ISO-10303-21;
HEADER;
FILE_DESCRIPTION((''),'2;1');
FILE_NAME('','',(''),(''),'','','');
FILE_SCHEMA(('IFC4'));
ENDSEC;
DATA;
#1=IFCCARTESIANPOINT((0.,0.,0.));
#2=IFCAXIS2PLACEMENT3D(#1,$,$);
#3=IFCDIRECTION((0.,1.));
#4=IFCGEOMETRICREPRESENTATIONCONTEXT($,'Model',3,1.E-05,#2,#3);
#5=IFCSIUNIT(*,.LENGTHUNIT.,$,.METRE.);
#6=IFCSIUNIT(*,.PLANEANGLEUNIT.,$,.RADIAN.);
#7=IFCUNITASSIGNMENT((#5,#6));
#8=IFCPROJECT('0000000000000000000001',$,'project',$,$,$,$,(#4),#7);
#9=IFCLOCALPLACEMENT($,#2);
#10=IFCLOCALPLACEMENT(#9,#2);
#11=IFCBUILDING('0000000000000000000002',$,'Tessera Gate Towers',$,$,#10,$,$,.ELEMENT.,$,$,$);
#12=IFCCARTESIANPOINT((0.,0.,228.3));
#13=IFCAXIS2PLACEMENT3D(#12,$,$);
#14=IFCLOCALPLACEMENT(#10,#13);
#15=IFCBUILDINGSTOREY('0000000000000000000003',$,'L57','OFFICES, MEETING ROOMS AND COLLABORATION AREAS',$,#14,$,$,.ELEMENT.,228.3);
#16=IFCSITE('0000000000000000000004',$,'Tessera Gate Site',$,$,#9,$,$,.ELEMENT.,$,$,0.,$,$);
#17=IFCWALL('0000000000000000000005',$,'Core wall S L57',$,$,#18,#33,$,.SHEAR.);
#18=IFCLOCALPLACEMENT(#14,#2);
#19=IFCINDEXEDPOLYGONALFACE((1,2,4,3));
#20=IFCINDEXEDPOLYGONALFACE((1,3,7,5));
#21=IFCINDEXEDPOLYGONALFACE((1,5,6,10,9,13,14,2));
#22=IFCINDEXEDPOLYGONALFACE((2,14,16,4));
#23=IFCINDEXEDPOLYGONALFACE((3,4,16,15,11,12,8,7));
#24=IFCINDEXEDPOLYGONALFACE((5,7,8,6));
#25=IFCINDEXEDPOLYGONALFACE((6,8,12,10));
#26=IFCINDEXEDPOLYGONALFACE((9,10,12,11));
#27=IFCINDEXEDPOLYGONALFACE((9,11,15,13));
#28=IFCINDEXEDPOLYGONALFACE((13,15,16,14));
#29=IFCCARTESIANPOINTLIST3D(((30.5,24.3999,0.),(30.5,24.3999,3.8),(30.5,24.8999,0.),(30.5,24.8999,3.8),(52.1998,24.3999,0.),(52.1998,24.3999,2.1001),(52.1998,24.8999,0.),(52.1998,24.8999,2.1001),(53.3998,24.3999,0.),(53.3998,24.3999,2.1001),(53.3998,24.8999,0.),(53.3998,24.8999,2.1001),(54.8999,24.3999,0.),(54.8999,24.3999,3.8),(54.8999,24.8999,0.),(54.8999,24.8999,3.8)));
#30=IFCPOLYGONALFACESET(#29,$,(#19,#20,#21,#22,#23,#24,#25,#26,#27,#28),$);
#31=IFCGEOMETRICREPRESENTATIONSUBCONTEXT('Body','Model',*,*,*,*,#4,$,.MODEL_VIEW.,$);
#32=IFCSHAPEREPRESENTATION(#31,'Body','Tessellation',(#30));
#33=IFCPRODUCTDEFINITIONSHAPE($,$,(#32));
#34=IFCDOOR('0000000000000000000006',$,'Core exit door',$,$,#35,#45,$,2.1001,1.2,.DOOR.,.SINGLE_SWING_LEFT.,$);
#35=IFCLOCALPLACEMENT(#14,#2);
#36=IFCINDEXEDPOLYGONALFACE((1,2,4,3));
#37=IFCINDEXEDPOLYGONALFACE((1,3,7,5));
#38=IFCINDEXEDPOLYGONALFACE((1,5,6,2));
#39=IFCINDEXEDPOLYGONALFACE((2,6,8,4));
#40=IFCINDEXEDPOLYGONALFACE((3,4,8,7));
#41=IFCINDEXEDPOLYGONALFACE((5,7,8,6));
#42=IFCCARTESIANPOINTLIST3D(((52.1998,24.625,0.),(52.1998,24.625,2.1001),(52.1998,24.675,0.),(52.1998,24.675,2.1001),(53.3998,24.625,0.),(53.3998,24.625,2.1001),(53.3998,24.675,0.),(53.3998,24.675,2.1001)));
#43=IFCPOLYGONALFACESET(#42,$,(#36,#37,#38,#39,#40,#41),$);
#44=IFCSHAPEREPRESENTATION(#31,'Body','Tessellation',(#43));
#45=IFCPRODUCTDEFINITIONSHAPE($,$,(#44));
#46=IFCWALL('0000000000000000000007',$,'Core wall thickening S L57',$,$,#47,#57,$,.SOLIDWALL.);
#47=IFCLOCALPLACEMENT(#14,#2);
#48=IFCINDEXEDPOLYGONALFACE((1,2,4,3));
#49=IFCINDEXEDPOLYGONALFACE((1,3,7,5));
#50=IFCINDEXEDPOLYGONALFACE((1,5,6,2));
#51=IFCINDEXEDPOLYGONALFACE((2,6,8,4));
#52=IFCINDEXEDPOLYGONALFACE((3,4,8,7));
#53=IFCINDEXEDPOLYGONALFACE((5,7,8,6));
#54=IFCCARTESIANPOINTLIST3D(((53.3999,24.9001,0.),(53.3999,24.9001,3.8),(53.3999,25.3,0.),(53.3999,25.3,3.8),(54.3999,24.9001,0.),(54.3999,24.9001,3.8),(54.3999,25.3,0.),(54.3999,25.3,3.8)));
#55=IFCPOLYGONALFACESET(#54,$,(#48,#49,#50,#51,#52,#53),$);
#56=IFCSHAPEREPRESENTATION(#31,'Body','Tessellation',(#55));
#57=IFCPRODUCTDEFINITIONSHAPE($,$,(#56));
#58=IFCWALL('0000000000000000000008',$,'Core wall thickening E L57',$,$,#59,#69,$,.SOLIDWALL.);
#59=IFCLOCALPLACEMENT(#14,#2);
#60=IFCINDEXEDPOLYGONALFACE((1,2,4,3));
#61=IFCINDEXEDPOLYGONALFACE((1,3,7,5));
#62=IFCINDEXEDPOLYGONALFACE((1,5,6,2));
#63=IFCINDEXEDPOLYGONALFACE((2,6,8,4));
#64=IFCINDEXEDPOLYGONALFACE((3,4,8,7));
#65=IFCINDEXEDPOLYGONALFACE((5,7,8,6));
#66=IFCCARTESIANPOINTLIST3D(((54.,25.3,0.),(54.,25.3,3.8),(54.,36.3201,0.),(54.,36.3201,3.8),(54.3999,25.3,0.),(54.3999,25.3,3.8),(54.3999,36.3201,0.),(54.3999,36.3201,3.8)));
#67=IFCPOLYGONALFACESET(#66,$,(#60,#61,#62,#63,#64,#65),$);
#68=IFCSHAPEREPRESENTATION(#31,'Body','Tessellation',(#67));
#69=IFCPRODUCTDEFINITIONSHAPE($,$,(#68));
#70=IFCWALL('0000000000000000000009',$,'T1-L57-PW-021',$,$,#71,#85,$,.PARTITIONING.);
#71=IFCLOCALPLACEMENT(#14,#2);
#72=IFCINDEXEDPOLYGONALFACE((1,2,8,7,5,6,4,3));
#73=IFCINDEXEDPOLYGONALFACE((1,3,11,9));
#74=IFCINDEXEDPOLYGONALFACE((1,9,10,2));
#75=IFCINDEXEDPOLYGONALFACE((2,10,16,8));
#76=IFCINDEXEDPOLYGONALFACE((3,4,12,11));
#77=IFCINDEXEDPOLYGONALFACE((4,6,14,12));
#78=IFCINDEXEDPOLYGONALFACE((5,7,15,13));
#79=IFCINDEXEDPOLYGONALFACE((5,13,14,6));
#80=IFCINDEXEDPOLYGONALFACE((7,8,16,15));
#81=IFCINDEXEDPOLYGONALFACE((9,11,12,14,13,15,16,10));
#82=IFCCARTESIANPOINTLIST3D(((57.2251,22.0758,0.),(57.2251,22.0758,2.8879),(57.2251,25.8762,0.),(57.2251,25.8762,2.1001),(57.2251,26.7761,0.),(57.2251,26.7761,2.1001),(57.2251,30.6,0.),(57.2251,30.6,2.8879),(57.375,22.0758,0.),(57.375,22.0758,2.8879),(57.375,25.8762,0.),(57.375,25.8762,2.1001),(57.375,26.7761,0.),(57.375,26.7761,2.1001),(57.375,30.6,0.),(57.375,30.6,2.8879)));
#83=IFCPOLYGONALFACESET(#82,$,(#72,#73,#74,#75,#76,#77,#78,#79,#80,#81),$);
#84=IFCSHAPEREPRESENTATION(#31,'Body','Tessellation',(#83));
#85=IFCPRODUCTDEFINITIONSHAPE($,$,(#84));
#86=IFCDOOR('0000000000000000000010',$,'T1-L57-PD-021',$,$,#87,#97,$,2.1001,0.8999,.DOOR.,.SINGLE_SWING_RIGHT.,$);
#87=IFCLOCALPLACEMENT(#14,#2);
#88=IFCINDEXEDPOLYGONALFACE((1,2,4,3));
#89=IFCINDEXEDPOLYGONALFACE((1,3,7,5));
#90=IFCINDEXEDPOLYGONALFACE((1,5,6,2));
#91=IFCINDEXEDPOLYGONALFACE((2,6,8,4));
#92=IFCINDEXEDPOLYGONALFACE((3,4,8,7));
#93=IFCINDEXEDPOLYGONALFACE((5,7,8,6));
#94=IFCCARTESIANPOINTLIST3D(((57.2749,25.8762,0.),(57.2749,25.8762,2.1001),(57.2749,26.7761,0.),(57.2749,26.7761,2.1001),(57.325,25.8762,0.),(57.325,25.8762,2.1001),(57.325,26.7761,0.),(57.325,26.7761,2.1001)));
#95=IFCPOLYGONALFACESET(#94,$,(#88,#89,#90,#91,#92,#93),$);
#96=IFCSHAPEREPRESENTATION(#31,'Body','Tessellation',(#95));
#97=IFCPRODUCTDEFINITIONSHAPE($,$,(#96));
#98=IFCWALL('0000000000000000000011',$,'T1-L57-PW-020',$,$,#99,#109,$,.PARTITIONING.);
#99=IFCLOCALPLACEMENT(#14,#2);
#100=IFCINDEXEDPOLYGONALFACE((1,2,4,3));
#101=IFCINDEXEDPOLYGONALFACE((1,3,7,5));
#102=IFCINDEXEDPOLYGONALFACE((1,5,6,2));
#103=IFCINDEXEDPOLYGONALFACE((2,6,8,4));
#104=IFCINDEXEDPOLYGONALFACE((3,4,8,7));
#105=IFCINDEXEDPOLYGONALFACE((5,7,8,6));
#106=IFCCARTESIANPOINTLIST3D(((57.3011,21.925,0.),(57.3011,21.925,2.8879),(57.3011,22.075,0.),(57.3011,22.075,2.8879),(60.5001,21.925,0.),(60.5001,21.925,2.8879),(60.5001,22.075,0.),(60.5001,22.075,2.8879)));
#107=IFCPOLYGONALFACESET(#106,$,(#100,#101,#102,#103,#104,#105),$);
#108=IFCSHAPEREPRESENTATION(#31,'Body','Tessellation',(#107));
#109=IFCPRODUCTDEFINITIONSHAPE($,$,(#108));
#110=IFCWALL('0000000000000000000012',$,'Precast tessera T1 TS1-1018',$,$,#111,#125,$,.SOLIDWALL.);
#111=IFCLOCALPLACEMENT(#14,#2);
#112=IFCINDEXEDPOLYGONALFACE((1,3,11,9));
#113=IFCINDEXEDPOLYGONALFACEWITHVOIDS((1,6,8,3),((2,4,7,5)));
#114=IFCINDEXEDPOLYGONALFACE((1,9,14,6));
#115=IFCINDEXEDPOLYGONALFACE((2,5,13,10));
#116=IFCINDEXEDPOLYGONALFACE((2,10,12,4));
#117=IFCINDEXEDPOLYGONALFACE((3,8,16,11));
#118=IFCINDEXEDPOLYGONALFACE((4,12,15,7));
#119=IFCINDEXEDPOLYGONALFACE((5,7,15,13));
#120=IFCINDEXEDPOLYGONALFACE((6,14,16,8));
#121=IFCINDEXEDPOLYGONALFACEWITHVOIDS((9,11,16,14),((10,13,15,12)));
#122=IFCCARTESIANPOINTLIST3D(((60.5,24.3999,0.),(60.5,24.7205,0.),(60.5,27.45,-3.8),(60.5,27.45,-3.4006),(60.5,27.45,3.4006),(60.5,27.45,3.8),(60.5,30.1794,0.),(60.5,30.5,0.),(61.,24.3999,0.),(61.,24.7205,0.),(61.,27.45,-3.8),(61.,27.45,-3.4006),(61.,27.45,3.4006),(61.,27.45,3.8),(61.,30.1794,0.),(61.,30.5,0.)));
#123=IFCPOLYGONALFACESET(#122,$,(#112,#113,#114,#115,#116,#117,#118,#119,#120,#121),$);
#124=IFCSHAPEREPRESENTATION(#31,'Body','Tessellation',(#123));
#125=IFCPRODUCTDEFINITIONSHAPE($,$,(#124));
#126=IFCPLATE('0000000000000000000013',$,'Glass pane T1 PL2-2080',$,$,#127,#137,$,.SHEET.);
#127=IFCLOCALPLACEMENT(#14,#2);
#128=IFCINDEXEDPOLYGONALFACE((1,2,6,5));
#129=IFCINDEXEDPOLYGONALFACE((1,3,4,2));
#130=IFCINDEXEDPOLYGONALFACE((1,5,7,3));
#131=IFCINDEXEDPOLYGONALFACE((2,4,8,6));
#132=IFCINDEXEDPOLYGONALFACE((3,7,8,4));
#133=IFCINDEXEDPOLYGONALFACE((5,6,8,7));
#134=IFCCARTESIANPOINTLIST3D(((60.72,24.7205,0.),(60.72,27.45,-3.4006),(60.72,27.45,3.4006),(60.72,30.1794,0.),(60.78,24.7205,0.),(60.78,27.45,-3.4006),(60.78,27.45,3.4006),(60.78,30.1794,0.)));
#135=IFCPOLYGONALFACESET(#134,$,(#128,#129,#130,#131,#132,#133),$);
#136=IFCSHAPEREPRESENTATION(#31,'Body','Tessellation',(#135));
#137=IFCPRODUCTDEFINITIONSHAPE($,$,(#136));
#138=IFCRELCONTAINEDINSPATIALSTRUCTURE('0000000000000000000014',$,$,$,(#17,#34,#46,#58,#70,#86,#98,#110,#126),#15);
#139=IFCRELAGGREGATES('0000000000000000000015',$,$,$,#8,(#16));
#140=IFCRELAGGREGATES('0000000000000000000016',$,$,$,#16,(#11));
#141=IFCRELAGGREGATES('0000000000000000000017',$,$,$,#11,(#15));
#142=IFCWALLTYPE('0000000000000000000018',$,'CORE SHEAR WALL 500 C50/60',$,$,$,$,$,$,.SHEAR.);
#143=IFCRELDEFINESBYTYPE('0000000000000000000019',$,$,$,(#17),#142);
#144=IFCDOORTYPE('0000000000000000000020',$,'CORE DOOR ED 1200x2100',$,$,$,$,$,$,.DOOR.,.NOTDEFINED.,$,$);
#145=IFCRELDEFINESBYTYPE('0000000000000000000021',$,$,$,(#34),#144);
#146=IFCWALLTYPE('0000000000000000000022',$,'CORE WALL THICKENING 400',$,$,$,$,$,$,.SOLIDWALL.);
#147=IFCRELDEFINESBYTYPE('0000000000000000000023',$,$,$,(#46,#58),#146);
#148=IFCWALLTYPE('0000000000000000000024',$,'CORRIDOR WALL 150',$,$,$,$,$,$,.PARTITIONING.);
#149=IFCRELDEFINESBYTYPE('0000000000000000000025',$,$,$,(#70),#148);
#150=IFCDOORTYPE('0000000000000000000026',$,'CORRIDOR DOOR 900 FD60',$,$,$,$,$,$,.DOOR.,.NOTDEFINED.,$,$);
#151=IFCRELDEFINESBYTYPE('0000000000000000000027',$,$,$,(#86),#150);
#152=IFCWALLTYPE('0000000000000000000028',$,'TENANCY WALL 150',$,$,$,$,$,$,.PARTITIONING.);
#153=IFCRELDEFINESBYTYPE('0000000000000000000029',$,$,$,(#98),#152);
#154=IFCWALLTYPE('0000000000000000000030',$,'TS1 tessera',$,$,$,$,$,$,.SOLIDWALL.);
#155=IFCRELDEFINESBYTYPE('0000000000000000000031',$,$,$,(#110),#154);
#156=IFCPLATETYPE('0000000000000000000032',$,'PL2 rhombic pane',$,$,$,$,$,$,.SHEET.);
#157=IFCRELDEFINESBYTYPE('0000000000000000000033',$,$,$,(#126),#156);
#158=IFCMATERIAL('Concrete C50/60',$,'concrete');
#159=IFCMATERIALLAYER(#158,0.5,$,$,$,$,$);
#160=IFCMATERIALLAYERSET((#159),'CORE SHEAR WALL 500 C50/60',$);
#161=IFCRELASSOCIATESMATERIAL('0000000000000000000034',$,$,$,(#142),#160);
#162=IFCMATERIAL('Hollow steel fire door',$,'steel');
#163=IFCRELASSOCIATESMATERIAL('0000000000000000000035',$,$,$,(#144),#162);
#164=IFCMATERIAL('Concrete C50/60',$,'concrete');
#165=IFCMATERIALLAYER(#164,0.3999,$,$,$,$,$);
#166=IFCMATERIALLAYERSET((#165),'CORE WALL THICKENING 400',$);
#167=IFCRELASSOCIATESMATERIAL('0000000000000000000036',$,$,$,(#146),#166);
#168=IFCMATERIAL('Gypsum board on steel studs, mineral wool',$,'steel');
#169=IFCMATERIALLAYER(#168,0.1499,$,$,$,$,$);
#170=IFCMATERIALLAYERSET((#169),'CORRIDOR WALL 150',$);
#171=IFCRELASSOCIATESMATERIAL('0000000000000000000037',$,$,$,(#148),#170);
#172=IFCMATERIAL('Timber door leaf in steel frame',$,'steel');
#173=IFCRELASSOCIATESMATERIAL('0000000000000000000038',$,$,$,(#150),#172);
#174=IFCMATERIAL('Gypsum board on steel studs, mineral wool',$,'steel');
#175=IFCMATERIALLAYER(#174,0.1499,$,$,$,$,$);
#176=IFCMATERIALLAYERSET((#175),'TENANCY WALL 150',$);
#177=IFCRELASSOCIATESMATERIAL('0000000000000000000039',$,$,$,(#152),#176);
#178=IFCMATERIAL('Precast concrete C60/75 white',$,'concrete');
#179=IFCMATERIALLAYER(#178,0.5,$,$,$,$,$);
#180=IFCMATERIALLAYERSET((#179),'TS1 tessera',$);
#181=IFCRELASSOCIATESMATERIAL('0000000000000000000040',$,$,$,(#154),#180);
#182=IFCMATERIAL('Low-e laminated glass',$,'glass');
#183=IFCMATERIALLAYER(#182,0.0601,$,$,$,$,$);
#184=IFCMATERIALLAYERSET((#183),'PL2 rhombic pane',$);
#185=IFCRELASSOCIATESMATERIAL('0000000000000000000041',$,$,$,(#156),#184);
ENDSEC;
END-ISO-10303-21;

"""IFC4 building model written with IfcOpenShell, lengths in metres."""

from ifc_helpers import new_model, si_unit, direction, frame, frame_2d, origin, place, context, subcontext, project, spatial, polyline, rectangle, outline, extrude, source, transform, mapped, material, layer, layer_set, type_object, element, fill, save


model = new_model("IFC4")

# Units and contexts
model_context = context("Model", 3, precision=1e-05, world=origin(), true_north=direction((0.0, 1.0)))
body_context = subcontext(model_context, "Body", "Model", "MODEL_VIEW")
ifc_project = project(units=[si_unit("LENGTHUNIT", "METRE"), si_unit("PLANEANGLEUNIT", "RADIAN")], contexts=[model_context])

# Site, building, storey
site_placement = place(None, origin())
site = spatial("IfcSite", under=ifc_project, at=site_placement, Name="Tessera Gate Site", CompositionType="ELEMENT", RefElevation=0.0)
building_placement = place(site_placement, origin())
building = spatial("IfcBuilding", under=site, at=building_placement, Name="Tessera Gate Towers", CompositionType="ELEMENT")
storey_placement = place(building_placement, frame((0.0, 0.0, 228.3)))
storey = spatial("IfcBuildingStorey", under=building, at=storey_placement, Name="L57", Description="OFFICES, MEETING ROOMS AND COLLABORATION AREAS", CompositionType="ELEMENT", Elevation=228.3)

# Shared definitions
shared_shape_1 = source(origin(), body_context, "Body", "SweptSolid", [
    extrude(rectangle(XDim=1.2, YDim=2.1001, at=frame_2d((0.6001, 1.05))), frame((0.0, 0.0249, 0.0), z_axis=(0.0, -1.0, 0.0), x_axis=(1.0, 0.0, 0.0)), (0.0, 0.0, 1.0), 0.05),
])

# Wall, opening, door
ifc_material_1 = material(Name="Concrete C50/60", Category="concrete")
ifc_layer_1 = layer(ifc_material_1, 0.5)
ifc_layer_set_1 = layer_set([ifc_layer_1], Name="CORE SHEAR WALL 500 C50/60")
wall_type_1 = type_object("IfcWallType", Name="CORE SHEAR WALL 500 C50/60", PredefinedType="SHEAR", material=ifc_layer_set_1)
wall_1_placement = place(storey_placement, frame((54.8999, 24.6499, 0.0), z_axis=(0.0, 0.0, 1.0), x_axis=(-1.0, 0.0, 0.0)))
wall_1 = element("IfcWall", 1, at=wall_1_placement, inside=storey, type_object=wall_type_1, Name="Core wall S L57", PredefinedType="SHEAR", context=body_context, shape_type="SweptSolid", body=[
    extrude(rectangle(XDim=24.3999, YDim=0.5, at=frame_2d((12.2, 0.0))), origin(), (0.0, 0.0, 1.0), 3.8),
])
shared_shape_2 = source(origin(), body_context, "Body", "SweptSolid", [
    extrude(rectangle(XDim=1.2, YDim=2.1001, at=frame_2d((0.6001, 1.05))), frame((0.0, 0.26, 0.0), z_axis=(0.0, -1.0, 0.0), x_axis=(1.0, 0.0, 0.0)), (0.0, 0.0, 1.0), 0.52),
])
opening_1_placement = place(wall_1_placement, frame((1.5, 0.0, 0.0)))
opening_1 = element("IfcOpeningElement", 2, at=opening_1_placement, cuts=wall_1, PredefinedType="OPENING", context=body_context, shape_type="MappedRepresentation", body=[
    mapped(shared_shape_2, transform((0.0, 0.0, 0.0), scale=1.0)),
])
ifc_material_2 = material(Name="Hollow steel fire door", Category="steel")
door_type_1 = type_object("IfcDoorType", Name="CORE DOOR ED 1200x2100", OperationType="NOTDEFINED", PredefinedType="DOOR", material=ifc_material_2)
door_1_placement = place(opening_1_placement, origin())
door_1 = element("IfcDoor", 3, at=door_1_placement, inside=storey, type_object=door_type_1, Name="Core exit door", OperationType="SINGLE_SWING_LEFT", OverallHeight=2.1001, OverallWidth=1.2, PredefinedType="DOOR", context=body_context, shape_type="MappedRepresentation", body=[
    mapped(shared_shape_1, transform((0.0, 0.0, 0.0), scale=1.0)),
])
fill(opening_1, door_1)

# Walls
ifc_material_3 = material(Name="Concrete C50/60", Category="concrete")
ifc_layer_2 = layer(ifc_material_3, 0.3999)
ifc_layer_set_2 = layer_set([ifc_layer_2], Name="CORE WALL THICKENING 400")
wall_type_2 = type_object("IfcWallType", Name="CORE WALL THICKENING 400", PredefinedType="SOLIDWALL", material=ifc_layer_set_2)
wall_2_placement = place(storey_placement, frame((53.3999, 25.1001, 0.0), z_axis=(0.0, 0.0, 1.0), x_axis=(1.0, 0.0, 0.0)))
element("IfcWall", 4, at=wall_2_placement, inside=storey, type_object=wall_type_2, Name="Core wall thickening S L57", PredefinedType="SOLIDWALL", context=body_context, shape_type="SweptSolid", body=[
    extrude(rectangle(XDim=1.0, YDim=0.3999, at=frame_2d((0.5, 0.0))), origin(), (0.0, 0.0, 1.0), 3.8),
])
wall_3_placement = place(storey_placement, frame((54.2, 25.3, 0.0), z_axis=(0.0, 0.0, 1.0), x_axis=(0.0, 1.0, 0.0)))
element("IfcWall", 5, at=wall_3_placement, inside=storey, type_object=wall_type_2, Name="Core wall thickening E L57", PredefinedType="SOLIDWALL", context=body_context, shape_type="SweptSolid", body=[
    extrude(rectangle(XDim=11.02, YDim=0.3999, at=frame_2d((5.51, 0.0))), origin(), (0.0, 0.0, 1.0), 3.8),
])

# Wall, opening, door
ifc_material_4 = material(Name="Gypsum board on steel studs, mineral wool", Category="steel")
ifc_layer_3 = layer(ifc_material_4, 0.1499)
ifc_layer_set_3 = layer_set([ifc_layer_3], Name="CORRIDOR WALL 150")
wall_type_3 = type_object("IfcWallType", Name="CORRIDOR WALL 150", PredefinedType="PARTITIONING", material=ifc_layer_set_3)
wall_4_placement = place(storey_placement, frame((57.3, 30.6001, 0.0), z_axis=(0.0, 0.0, 1.0), x_axis=(0.0, -1.0, 0.0)))
wall_4 = element("IfcWall", 6, at=wall_4_placement, inside=storey, type_object=wall_type_3, Name="T1-L57-PW-021", PredefinedType="PARTITIONING", context=body_context, shape_type="SweptSolid", body=[
    extrude(rectangle(XDim=8.5242, YDim=0.1499, at=frame_2d((4.2622, 0.0))), origin(), (0.0, 0.0, 1.0), 2.8879),
])
shared_shape_3 = source(origin(), body_context, "Body", "SweptSolid", [
    extrude(rectangle(XDim=0.8999, YDim=2.1001, at=frame_2d((0.45, 1.05))), frame((0.0, 0.085, 0.0), z_axis=(0.0, -1.0, 0.0), x_axis=(1.0, 0.0, 0.0)), (0.0, 0.0, 1.0), 0.1699),
])
opening_2_placement = place(wall_4_placement, frame((3.824, 0.0, 0.0)))
opening_2 = element("IfcOpeningElement", 7, at=opening_2_placement, cuts=wall_4, PredefinedType="OPENING", context=body_context, shape_type="MappedRepresentation", body=[
    mapped(shared_shape_3, transform((0.0, 0.0, 0.0), scale=1.0)),
])
ifc_material_5 = material(Name="Timber door leaf in steel frame", Category="steel")
door_type_2 = type_object("IfcDoorType", Name="CORRIDOR DOOR 900 FD60", OperationType="NOTDEFINED", PredefinedType="DOOR", material=ifc_material_5)
shared_shape_4 = source(origin(), body_context, "Body", "SweptSolid", [
    extrude(rectangle(XDim=0.8999, YDim=2.1001, at=frame_2d((0.45, 1.05))), frame((0.0, 0.0249, 0.0), z_axis=(0.0, -1.0, 0.0), x_axis=(1.0, 0.0, 0.0)), (0.0, 0.0, 1.0), 0.05),
])
door_2_placement = place(opening_2_placement, origin())
door_2 = element("IfcDoor", 8, at=door_2_placement, inside=storey, type_object=door_type_2, Name="T1-L57-PD-021", OperationType="SINGLE_SWING_RIGHT", OverallHeight=2.1001, OverallWidth=0.8999, PredefinedType="DOOR", context=body_context, shape_type="MappedRepresentation", body=[
    mapped(shared_shape_4, transform((0.0, 0.0, 0.0), scale=1.0)),
])
fill(opening_2, door_2)

# Wall
ifc_material_6 = material(Name="Gypsum board on steel studs, mineral wool", Category="steel")
ifc_layer_4 = layer(ifc_material_6, 0.1499)
ifc_layer_set_4 = layer_set([ifc_layer_4], Name="TENANCY WALL 150")
wall_type_4 = type_object("IfcWallType", Name="TENANCY WALL 150", PredefinedType="PARTITIONING", material=ifc_layer_set_4)
wall_5_placement = place(storey_placement, frame((57.301, 22.0, 0.0), z_axis=(0.0, 0.0, 1.0), x_axis=(1.0, 0.0, 0.0)))
element("IfcWall", 9, at=wall_5_placement, inside=storey, type_object=wall_type_4, Name="T1-L57-PW-020", PredefinedType="PARTITIONING", context=body_context, shape_type="SweptSolid", body=[
    extrude(rectangle(XDim=3.199, YDim=0.1499, at=frame_2d((1.5996, 0.0))), origin(), (0.0, 0.0, 1.0), 2.8879),
])

# Wall, opening, plate
ifc_material_7 = material(Name="Precast concrete C60/75 white", Category="concrete")
ifc_layer_5 = layer(ifc_material_7, 0.5)
ifc_layer_set_5 = layer_set([ifc_layer_5], Name="TS1 tessera")
wall_type_5 = type_object("IfcWallType", Name="TS1 tessera", PredefinedType="SOLIDWALL", material=ifc_layer_set_5)
shared_shape_5 = source(origin(), body_context, "Body", "SweptSolid", [
    extrude(outline(polyline([(3.05, 0.0), (6.1001, 3.8), (3.05, 7.6001), (0.0, 3.8), (3.05, 0.0)])), frame((0.0, 0.25, 0.0), z_axis=(0.0, -1.0, 0.0), x_axis=(1.0, 0.0, 0.0)), (0.0, 0.0, 1.0), 0.5),
])
wall_6_placement = place(storey_placement, frame((60.75, 24.3999, -3.8), z_axis=(0.0, 0.0, 1.0), x_axis=(0.0, 1.0, 0.0)))
wall_6 = element("IfcWall", 10, at=wall_6_placement, inside=storey, type_object=wall_type_5, Name="Precast tessera T1 TS1-1018", PredefinedType="SOLIDWALL", context=body_context, shape_type="MappedRepresentation", body=[
    mapped(shared_shape_5, transform((0.0, 0.0, 0.0), scale=1.0)),
])
shared_shape_6 = source(origin(), body_context, "Body", "SweptSolid", [
    extrude(outline(polyline([(3.05, 0.3994), (5.7795, 3.8), (3.05, 7.2007), (0.3206, 3.8), (3.05, 0.3994)])), frame((0.0, 0.26, 0.0), z_axis=(0.0, -1.0, 0.0), x_axis=(1.0, 0.0, 0.0)), (0.0, 0.0, 1.0), 0.52),
])
opening_3_placement = place(wall_6_placement, origin())
opening_3 = element("IfcOpeningElement", 11, at=opening_3_placement, cuts=wall_6, PredefinedType="OPENING", context=body_context, shape_type="MappedRepresentation", body=[
    mapped(shared_shape_6, transform((0.0, 0.0, 0.0), scale=1.0)),
])
ifc_material_8 = material(Name="Low-e laminated glass", Category="glass")
ifc_layer_6 = layer(ifc_material_8, 0.0601)
ifc_layer_set_6 = layer_set([ifc_layer_6], Name="PL2 rhombic pane")
plate_type_1 = type_object("IfcPlateType", Name="PL2 rhombic pane", PredefinedType="SHEET", material=ifc_layer_set_6)
shared_shape_7 = source(origin(), body_context, "Body", "SweptSolid", [
    extrude(outline(polyline([(3.05, 0.3994), (5.7795, 3.8), (3.05, 7.2007), (0.3206, 3.8), (3.05, 0.3994)])), frame((0.0, 0.03, 0.0), z_axis=(0.0, -1.0, 0.0), x_axis=(1.0, 0.0, 0.0)), (0.0, 0.0, 1.0), 0.0601),
])
plate_1_placement = place(opening_3_placement, origin())
plate_1 = element("IfcPlate", 12, at=plate_1_placement, inside=storey, type_object=plate_type_1, Name="Glass pane T1 PL2-2080", PredefinedType="SHEET", context=body_context, shape_type="MappedRepresentation", body=[
    mapped(shared_shape_7, transform((0.0, 0.0, 0.0), scale=1.0)),
])
fill(opening_3, plate_1)

save(model, "model.ifc")
